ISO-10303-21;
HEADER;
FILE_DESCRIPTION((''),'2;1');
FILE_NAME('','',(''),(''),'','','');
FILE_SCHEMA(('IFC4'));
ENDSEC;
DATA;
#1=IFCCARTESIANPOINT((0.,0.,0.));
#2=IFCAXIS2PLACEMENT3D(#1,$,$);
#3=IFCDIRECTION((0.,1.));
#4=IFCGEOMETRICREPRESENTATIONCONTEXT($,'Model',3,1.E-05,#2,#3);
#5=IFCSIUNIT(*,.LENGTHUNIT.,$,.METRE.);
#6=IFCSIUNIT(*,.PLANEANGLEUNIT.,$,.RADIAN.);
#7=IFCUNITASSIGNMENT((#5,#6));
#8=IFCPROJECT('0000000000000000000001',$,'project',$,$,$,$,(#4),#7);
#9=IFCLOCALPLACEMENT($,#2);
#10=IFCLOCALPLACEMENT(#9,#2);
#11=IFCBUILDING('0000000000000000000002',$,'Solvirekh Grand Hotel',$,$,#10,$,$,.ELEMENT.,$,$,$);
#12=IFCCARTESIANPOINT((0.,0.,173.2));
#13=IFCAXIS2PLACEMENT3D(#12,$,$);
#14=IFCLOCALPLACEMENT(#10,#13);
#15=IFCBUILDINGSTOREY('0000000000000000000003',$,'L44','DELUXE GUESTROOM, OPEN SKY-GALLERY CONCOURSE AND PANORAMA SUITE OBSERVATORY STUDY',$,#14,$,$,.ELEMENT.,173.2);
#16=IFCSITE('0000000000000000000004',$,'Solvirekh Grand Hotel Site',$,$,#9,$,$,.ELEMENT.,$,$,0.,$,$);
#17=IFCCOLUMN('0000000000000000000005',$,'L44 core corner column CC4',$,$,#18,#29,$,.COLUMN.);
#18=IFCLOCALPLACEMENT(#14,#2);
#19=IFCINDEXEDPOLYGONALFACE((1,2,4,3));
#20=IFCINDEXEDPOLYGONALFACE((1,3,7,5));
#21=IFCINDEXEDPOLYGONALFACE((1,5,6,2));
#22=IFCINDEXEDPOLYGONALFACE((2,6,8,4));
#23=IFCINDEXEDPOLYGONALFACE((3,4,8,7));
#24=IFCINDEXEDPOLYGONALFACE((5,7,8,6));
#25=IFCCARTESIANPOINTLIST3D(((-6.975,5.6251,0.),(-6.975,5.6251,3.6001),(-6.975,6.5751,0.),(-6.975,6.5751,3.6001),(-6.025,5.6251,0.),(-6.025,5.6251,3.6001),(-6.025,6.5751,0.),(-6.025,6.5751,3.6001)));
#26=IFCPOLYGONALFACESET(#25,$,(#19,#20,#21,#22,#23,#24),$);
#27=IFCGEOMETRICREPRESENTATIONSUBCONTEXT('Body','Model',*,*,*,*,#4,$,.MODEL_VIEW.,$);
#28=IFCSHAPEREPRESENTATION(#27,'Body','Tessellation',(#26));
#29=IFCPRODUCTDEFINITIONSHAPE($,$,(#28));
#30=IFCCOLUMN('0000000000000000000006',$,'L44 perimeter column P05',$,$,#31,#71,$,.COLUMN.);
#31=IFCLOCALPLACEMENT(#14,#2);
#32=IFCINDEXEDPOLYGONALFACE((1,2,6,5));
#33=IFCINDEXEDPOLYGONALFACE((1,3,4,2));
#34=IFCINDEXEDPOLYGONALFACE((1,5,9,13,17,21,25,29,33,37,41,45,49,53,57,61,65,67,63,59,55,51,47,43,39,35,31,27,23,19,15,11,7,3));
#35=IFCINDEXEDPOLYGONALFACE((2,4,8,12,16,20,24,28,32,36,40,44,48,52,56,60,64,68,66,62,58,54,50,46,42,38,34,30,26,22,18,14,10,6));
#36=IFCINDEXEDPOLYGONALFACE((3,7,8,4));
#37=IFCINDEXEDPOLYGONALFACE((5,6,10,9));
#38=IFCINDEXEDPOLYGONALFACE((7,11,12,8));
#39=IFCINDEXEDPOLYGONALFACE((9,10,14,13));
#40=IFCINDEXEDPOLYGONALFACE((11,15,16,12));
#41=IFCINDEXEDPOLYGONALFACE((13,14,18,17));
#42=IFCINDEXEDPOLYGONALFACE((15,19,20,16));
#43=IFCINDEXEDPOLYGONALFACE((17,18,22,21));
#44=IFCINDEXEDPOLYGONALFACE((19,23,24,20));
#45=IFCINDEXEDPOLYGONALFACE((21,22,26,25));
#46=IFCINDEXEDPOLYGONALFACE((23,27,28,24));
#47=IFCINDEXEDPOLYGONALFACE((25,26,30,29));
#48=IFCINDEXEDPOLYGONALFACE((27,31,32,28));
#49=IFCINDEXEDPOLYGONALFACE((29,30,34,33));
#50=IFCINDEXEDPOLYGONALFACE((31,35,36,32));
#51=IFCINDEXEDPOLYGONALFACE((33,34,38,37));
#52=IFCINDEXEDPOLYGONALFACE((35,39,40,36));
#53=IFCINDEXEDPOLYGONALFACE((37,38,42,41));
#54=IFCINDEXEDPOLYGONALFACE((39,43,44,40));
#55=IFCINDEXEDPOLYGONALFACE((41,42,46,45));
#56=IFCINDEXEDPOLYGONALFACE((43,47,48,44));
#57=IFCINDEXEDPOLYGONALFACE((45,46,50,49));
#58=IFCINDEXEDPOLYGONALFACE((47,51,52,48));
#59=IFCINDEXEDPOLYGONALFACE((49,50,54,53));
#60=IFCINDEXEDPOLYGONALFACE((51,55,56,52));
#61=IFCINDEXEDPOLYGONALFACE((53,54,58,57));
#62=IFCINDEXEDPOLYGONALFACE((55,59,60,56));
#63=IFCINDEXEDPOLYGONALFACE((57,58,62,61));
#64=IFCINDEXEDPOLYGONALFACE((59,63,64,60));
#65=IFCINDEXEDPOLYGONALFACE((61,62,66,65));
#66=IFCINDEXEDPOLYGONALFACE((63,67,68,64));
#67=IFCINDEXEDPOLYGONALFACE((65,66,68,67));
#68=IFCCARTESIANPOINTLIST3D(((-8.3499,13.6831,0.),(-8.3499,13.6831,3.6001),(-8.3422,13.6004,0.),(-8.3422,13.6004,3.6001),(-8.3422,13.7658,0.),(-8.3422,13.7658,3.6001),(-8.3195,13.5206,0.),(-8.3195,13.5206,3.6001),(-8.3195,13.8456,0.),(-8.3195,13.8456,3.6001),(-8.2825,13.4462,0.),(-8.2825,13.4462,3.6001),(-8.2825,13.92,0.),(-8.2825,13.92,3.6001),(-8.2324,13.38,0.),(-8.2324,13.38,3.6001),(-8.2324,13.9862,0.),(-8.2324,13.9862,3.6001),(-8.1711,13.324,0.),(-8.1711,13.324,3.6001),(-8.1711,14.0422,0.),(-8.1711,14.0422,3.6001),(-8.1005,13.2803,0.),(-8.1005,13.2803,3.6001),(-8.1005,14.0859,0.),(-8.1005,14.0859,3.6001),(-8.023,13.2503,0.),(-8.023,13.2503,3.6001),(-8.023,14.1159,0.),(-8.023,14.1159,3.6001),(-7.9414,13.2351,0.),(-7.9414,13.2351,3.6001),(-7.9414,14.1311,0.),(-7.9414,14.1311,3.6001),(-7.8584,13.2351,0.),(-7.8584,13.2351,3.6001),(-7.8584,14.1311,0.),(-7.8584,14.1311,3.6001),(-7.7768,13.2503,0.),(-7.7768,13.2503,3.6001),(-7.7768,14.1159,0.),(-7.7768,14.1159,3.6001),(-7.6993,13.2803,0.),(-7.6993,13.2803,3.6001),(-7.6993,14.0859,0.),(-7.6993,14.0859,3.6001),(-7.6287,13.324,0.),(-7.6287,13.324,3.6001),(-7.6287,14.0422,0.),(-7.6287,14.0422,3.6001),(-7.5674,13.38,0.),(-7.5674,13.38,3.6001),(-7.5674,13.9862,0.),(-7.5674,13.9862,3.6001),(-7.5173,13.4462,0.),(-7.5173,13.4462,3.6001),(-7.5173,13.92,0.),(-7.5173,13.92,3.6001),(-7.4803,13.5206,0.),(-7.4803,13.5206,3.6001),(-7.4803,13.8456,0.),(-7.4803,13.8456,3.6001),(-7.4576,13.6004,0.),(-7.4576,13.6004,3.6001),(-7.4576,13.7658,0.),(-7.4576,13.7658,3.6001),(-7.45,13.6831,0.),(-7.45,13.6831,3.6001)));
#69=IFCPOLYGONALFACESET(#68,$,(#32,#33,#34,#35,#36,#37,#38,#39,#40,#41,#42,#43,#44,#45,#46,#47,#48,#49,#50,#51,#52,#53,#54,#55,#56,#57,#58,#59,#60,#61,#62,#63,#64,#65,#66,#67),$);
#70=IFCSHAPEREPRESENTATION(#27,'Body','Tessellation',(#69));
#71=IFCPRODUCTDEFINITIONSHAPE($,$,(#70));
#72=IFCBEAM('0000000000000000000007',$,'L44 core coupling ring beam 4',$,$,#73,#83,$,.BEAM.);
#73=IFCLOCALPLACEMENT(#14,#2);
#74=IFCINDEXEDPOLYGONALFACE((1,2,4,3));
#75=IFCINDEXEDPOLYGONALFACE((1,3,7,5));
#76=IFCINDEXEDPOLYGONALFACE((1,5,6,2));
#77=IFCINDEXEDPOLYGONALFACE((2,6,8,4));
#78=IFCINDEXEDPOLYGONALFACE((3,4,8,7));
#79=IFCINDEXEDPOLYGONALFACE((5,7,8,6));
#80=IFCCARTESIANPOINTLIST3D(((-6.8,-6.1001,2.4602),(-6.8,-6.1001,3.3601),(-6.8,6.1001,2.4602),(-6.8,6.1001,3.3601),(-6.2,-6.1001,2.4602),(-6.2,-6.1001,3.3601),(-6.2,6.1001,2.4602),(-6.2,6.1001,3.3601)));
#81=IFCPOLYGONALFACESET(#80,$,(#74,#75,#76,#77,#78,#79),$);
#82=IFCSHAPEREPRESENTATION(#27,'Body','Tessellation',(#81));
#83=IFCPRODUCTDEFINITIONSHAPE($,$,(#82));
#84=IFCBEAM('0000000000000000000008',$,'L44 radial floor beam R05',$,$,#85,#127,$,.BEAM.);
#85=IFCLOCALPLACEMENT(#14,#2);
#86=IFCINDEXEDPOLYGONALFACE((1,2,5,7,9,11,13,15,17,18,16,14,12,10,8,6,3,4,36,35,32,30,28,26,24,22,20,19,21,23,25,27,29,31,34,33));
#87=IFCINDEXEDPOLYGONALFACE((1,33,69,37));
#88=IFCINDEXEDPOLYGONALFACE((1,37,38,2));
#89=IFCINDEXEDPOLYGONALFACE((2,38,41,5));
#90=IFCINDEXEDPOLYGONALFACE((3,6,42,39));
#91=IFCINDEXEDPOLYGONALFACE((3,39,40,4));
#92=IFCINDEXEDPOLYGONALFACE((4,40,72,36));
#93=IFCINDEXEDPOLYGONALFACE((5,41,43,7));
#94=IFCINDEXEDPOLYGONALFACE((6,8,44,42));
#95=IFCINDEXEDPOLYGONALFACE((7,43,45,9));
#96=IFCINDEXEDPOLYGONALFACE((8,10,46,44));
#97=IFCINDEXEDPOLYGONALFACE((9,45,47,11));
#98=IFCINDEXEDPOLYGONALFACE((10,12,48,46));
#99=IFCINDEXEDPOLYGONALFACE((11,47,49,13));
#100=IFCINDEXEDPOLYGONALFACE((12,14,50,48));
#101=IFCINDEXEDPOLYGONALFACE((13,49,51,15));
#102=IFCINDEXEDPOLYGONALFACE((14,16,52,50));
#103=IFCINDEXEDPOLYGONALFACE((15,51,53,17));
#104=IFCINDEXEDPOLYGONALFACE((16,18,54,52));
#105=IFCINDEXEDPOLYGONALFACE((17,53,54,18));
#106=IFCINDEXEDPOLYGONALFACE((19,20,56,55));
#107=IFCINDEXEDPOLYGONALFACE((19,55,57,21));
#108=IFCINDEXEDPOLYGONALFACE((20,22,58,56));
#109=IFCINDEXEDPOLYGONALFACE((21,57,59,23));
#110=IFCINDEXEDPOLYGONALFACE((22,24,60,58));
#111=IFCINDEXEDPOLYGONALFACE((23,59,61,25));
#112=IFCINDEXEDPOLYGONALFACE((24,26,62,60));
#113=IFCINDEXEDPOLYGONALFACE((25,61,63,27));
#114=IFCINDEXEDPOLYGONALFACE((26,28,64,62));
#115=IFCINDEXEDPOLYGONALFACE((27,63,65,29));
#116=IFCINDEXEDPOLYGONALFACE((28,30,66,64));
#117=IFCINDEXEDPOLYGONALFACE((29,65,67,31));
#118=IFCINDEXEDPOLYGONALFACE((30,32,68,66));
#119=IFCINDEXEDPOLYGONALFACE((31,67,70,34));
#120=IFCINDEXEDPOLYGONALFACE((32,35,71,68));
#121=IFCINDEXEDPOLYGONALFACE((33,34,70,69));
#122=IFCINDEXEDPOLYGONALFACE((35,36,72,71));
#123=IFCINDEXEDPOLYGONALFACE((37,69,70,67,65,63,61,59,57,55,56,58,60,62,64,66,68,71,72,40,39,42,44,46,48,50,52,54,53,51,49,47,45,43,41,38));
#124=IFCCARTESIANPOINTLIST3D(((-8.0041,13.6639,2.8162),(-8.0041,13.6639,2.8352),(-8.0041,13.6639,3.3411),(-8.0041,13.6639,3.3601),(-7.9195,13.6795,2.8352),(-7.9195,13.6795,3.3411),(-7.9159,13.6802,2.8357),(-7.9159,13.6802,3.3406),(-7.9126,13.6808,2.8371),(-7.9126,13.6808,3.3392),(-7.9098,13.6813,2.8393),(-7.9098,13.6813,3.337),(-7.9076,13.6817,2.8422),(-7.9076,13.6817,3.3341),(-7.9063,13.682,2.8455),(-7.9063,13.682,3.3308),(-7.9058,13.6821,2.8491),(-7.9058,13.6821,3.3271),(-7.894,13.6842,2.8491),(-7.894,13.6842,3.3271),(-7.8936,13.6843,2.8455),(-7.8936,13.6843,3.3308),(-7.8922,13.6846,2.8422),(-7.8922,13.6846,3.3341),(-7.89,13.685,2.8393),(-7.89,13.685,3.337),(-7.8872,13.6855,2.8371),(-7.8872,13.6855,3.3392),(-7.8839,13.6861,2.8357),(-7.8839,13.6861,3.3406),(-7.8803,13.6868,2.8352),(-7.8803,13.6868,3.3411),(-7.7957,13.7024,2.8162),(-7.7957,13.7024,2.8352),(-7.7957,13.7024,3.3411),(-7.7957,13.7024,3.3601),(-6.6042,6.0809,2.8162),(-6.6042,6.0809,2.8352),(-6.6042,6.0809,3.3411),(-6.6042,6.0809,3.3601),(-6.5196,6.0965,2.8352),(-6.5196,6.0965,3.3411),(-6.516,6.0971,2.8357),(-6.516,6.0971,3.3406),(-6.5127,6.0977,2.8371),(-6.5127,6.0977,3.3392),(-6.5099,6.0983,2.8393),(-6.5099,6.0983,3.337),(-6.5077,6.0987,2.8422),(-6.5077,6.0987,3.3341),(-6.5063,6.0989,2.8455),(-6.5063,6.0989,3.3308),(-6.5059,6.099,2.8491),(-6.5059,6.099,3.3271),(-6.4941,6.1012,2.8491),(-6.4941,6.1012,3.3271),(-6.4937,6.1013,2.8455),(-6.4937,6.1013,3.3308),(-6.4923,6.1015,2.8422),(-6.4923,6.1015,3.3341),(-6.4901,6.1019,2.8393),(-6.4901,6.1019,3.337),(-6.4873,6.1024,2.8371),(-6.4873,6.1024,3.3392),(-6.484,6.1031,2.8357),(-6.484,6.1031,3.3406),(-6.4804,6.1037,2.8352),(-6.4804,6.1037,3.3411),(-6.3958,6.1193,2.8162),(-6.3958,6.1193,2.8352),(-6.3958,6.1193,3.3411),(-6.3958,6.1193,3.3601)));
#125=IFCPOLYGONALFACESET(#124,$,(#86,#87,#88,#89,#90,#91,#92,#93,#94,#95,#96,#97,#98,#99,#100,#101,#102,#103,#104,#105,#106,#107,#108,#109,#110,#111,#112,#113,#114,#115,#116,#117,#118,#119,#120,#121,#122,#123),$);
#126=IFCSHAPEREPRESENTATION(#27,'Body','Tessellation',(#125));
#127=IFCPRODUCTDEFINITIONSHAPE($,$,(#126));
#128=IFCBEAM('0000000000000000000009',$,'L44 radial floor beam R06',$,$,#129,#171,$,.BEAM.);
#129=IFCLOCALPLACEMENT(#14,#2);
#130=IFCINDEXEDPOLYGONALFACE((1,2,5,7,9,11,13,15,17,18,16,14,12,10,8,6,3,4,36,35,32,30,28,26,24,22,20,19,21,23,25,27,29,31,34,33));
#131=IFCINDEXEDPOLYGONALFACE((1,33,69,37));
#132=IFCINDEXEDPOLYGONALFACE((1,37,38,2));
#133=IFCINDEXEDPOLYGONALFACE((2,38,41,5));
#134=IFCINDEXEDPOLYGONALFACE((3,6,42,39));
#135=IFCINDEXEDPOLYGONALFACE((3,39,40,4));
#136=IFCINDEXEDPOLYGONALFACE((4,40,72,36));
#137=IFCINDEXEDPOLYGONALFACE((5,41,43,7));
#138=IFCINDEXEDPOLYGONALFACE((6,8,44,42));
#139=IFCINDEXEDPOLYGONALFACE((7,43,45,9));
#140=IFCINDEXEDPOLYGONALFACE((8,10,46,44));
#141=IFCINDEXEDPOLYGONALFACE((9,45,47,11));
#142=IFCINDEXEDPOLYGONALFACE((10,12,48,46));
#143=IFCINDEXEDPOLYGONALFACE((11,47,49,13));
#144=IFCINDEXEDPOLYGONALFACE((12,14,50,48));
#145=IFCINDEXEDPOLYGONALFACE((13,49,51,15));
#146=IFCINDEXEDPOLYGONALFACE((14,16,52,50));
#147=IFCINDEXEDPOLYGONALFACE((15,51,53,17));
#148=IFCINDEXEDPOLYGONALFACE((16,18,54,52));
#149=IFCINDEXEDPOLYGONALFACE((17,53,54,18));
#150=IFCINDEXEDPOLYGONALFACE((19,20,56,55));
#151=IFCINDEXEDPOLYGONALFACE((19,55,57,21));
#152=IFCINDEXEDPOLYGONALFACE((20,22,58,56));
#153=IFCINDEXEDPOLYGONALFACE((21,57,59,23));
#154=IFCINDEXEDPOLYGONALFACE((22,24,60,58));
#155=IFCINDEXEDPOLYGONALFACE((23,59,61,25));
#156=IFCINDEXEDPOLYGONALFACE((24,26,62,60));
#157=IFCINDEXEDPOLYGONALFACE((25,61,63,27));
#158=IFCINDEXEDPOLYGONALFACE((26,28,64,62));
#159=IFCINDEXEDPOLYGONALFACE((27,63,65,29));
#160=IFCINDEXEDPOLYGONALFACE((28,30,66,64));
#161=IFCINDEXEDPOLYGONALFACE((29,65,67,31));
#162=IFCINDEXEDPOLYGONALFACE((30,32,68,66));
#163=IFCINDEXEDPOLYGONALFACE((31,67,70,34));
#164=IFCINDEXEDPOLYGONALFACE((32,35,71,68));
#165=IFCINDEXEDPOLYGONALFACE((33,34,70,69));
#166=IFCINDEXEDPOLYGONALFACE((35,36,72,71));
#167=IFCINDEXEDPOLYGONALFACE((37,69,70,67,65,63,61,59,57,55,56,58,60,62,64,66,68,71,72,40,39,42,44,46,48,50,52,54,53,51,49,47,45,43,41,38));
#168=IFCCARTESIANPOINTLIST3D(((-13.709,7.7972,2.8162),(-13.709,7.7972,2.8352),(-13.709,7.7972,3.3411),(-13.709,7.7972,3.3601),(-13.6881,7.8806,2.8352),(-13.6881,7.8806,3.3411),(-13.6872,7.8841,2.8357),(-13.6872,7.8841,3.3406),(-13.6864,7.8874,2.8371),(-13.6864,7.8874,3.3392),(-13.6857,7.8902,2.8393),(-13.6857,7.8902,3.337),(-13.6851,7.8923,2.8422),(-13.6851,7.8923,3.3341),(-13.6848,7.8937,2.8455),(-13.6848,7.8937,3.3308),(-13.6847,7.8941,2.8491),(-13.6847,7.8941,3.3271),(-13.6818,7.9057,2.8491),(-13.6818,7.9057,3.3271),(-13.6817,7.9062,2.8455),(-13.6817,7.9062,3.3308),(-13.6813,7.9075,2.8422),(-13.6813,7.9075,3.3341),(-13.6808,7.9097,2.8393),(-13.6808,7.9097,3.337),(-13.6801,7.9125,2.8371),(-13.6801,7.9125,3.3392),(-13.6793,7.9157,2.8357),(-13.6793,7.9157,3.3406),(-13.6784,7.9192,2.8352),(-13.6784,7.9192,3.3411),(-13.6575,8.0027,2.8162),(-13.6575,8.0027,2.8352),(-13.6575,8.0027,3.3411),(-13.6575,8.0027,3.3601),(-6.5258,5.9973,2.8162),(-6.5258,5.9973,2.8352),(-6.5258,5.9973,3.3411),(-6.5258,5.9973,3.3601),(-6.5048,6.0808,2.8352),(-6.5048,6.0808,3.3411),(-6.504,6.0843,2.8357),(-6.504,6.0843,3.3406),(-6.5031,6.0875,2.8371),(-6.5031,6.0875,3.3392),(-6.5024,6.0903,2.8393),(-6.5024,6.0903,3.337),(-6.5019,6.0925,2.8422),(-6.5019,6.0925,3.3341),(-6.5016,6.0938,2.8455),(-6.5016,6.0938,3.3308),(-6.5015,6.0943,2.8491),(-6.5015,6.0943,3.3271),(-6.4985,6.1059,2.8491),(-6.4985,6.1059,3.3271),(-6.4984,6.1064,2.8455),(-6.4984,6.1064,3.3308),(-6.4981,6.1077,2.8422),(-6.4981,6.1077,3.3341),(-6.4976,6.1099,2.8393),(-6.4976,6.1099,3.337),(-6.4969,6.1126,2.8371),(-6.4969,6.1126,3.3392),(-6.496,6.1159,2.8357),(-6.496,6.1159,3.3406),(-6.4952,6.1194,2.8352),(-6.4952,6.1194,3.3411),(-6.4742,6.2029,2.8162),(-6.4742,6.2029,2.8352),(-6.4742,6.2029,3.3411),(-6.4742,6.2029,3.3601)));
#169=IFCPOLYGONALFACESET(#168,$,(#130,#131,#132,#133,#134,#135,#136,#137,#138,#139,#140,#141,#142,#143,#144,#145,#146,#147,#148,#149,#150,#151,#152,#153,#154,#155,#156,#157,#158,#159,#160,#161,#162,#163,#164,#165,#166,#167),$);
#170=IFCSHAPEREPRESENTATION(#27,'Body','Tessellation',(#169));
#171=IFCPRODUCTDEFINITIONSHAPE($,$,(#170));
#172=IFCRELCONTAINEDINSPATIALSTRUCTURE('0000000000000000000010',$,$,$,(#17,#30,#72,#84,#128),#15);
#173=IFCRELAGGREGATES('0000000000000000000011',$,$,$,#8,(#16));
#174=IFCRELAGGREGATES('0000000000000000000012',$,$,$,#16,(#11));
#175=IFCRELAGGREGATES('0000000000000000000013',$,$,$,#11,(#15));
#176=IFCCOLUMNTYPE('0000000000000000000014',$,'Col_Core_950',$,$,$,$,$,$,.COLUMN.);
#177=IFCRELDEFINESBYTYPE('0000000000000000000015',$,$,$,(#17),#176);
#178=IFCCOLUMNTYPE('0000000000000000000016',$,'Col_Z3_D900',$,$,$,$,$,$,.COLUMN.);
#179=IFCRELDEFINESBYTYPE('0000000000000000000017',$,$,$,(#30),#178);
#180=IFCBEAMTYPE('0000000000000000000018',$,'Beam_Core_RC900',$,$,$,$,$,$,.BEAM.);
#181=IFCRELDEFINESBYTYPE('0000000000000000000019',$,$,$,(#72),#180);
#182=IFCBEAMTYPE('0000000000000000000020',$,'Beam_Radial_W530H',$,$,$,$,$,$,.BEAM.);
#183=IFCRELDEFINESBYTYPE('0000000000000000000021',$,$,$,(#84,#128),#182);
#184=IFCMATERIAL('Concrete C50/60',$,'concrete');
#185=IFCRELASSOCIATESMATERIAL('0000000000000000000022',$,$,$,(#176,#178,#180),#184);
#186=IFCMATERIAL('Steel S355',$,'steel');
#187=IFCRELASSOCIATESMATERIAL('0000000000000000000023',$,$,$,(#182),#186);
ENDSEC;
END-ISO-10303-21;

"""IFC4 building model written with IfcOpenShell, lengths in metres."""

from ifc_helpers import new_model, si_unit, direction, frame, origin, origin_2d, place, context, subcontext, project, spatial, rectangle, circle, i_section, extrude, material, material_profile, profile_set, type_object, element, save


model = new_model("IFC4")

# Units and contexts
model_context = context("Model", 3, precision=1e-05, world=origin(), true_north=direction((0.0, 1.0)))
body_context = subcontext(model_context, "Body", "Model", "MODEL_VIEW")
ifc_project = project(units=[si_unit("LENGTHUNIT", "METRE"), si_unit("PLANEANGLEUNIT", "RADIAN")], contexts=[model_context])

# Site, building, storey
site_placement = place(None, origin())
site = spatial("IfcSite", under=ifc_project, at=site_placement, Name="Solvirekh Grand Hotel Site", CompositionType="ELEMENT", RefElevation=0.0)
building_placement = place(site_placement, origin())
building = spatial("IfcBuilding", under=site, at=building_placement, Name="Solvirekh Grand Hotel", CompositionType="ELEMENT")
storey_placement = place(building_placement, frame((0.0, 0.0, 173.2)))
storey = spatial("IfcBuildingStorey", under=building, at=storey_placement, Name="L44", Description="DELUXE GUESTROOM, OPEN SKY-GALLERY CONCOURSE AND PANORAMA SUITE OBSERVATORY STUDY", CompositionType="ELEMENT", Elevation=173.2)

# Columns
ifc_material_1 = material(Name="Concrete C50/60", Category="concrete")
ifc_material_profile_1 = material_profile(ifc_material_1, rectangle(XDim=0.95, YDim=0.95, at=origin_2d()), Name="RC 950X950")
ifc_profile_set_1 = profile_set([ifc_material_profile_1], Name="Concrete C50/60")
column_type_1 = type_object("IfcColumnType", Name="Col_Core_950", PredefinedType="COLUMN", material=ifc_profile_set_1)
column_1_placement = place(storey_placement, frame((-6.5, 6.1001, 0.0), z_axis=(0.0, 0.0, 1.0), x_axis=(1.0, 0.0, 0.0)))
element("IfcColumn", 1, at=column_1_placement, inside=storey, type_object=column_type_1, Name="L44 core corner column CC4", PredefinedType="COLUMN", context=body_context, shape_type="SweptSolid", body=[
    extrude(rectangle(XDim=0.95, YDim=0.95, at=origin_2d()), origin(), (0.0, 0.0, 1.0), 3.6001),
])
ifc_material_profile_2 = material_profile(ifc_material_1, circle(Radius=0.45, at=origin_2d()), Name="RC CIRC D900")
ifc_profile_set_2 = profile_set([ifc_material_profile_2], Name="Concrete C50/60")
column_type_2 = type_object("IfcColumnType", Name="Col_Z3_D900", PredefinedType="COLUMN", material=ifc_profile_set_2)
column_2_placement = place(storey_placement, frame((-7.8999, 13.6831, 0.0), z_axis=(0.0, 0.0, 1.0), x_axis=(1.0, 0.0, 0.0)))
element("IfcColumn", 2, at=column_2_placement, inside=storey, type_object=column_type_2, Name="L44 perimeter column P05", PredefinedType="COLUMN", context=body_context, shape_type="SweptSolid", body=[
    extrude(circle(Radius=0.45, at=origin_2d()), origin(), (0.0, 0.0, 1.0), 3.6001),
])

# Beams
ifc_material_profile_3 = material_profile(ifc_material_1, rectangle(XDim=0.6001, YDim=0.8999, at=origin_2d()), Name="RC BEAM 600X900")
ifc_profile_set_3 = profile_set([ifc_material_profile_3], Name="Concrete C50/60")
beam_type_1 = type_object("IfcBeamType", Name="Beam_Core_RC900", PredefinedType="BEAM", material=ifc_profile_set_3)
beam_1_placement = place(storey_placement, frame((-6.5, 6.1001, 2.9102), z_axis=(0.0, -1.0, 0.0), x_axis=(1.0, 0.0, 0.0)))
element("IfcBeam", 3, at=beam_1_placement, inside=storey, type_object=beam_type_1, Name="L44 core coupling ring beam 4", PredefinedType="BEAM", context=body_context, shape_type="SweptSolid", body=[
    extrude(rectangle(XDim=0.6001, YDim=0.8999, at=origin_2d()), origin(), (0.0, 0.0, 1.0), 12.2002),
])
ifc_material_2 = material(Name="Steel S355", Category="steel")
ifc_material_profile_4 = material_profile(ifc_material_2, i_section(OverallWidth=0.2119, OverallDepth=0.5439, WebThickness=0.012, FlangeThickness=0.019, FilletRadius=0.0139, at=origin_2d()), Name="W530X123")
ifc_profile_set_4 = profile_set([ifc_material_profile_4], Name="Steel S355")
beam_type_2 = type_object("IfcBeamType", Name="Beam_Radial_W530H", PredefinedType="BEAM", material=ifc_profile_set_4)
beam_2_placement = place(storey_placement, frame((-6.5, 6.1001, 3.0881), z_axis=(-0.181543, 0.983383, 0.0), x_axis=(-0.983383, -0.181543, 0.0)))
element("IfcBeam", 4, at=beam_2_placement, inside=storey, type_object=beam_type_2, Name="L44 radial floor beam R05", PredefinedType="BEAM", context=body_context, shape_type="SweptSolid", body=[
    extrude(i_section(OverallWidth=0.2119, OverallDepth=0.5439, WebThickness=0.012, FlangeThickness=0.019, FilletRadius=0.0139, at=origin_2d()), origin(), (0.0, 0.0, 1.0), 7.7112),
])
beam_3_placement = place(storey_placement, frame((-6.5, 6.1001, 3.0881), z_axis=(-0.970014, 0.243048, 0.0), x_axis=(-0.243048, -0.970014, 0.0)))
element("IfcBeam", 5, at=beam_3_placement, inside=storey, type_object=beam_type_2, Name="L44 radial floor beam R06", PredefinedType="BEAM", context=body_context, shape_type="SweptSolid", body=[
    extrude(i_section(OverallWidth=0.2119, OverallDepth=0.5439, WebThickness=0.012, FlangeThickness=0.019, FilletRadius=0.0139, at=origin_2d()), origin(), (0.0, 0.0, 1.0), 7.4053),
])

save(model, "model.ifc")
